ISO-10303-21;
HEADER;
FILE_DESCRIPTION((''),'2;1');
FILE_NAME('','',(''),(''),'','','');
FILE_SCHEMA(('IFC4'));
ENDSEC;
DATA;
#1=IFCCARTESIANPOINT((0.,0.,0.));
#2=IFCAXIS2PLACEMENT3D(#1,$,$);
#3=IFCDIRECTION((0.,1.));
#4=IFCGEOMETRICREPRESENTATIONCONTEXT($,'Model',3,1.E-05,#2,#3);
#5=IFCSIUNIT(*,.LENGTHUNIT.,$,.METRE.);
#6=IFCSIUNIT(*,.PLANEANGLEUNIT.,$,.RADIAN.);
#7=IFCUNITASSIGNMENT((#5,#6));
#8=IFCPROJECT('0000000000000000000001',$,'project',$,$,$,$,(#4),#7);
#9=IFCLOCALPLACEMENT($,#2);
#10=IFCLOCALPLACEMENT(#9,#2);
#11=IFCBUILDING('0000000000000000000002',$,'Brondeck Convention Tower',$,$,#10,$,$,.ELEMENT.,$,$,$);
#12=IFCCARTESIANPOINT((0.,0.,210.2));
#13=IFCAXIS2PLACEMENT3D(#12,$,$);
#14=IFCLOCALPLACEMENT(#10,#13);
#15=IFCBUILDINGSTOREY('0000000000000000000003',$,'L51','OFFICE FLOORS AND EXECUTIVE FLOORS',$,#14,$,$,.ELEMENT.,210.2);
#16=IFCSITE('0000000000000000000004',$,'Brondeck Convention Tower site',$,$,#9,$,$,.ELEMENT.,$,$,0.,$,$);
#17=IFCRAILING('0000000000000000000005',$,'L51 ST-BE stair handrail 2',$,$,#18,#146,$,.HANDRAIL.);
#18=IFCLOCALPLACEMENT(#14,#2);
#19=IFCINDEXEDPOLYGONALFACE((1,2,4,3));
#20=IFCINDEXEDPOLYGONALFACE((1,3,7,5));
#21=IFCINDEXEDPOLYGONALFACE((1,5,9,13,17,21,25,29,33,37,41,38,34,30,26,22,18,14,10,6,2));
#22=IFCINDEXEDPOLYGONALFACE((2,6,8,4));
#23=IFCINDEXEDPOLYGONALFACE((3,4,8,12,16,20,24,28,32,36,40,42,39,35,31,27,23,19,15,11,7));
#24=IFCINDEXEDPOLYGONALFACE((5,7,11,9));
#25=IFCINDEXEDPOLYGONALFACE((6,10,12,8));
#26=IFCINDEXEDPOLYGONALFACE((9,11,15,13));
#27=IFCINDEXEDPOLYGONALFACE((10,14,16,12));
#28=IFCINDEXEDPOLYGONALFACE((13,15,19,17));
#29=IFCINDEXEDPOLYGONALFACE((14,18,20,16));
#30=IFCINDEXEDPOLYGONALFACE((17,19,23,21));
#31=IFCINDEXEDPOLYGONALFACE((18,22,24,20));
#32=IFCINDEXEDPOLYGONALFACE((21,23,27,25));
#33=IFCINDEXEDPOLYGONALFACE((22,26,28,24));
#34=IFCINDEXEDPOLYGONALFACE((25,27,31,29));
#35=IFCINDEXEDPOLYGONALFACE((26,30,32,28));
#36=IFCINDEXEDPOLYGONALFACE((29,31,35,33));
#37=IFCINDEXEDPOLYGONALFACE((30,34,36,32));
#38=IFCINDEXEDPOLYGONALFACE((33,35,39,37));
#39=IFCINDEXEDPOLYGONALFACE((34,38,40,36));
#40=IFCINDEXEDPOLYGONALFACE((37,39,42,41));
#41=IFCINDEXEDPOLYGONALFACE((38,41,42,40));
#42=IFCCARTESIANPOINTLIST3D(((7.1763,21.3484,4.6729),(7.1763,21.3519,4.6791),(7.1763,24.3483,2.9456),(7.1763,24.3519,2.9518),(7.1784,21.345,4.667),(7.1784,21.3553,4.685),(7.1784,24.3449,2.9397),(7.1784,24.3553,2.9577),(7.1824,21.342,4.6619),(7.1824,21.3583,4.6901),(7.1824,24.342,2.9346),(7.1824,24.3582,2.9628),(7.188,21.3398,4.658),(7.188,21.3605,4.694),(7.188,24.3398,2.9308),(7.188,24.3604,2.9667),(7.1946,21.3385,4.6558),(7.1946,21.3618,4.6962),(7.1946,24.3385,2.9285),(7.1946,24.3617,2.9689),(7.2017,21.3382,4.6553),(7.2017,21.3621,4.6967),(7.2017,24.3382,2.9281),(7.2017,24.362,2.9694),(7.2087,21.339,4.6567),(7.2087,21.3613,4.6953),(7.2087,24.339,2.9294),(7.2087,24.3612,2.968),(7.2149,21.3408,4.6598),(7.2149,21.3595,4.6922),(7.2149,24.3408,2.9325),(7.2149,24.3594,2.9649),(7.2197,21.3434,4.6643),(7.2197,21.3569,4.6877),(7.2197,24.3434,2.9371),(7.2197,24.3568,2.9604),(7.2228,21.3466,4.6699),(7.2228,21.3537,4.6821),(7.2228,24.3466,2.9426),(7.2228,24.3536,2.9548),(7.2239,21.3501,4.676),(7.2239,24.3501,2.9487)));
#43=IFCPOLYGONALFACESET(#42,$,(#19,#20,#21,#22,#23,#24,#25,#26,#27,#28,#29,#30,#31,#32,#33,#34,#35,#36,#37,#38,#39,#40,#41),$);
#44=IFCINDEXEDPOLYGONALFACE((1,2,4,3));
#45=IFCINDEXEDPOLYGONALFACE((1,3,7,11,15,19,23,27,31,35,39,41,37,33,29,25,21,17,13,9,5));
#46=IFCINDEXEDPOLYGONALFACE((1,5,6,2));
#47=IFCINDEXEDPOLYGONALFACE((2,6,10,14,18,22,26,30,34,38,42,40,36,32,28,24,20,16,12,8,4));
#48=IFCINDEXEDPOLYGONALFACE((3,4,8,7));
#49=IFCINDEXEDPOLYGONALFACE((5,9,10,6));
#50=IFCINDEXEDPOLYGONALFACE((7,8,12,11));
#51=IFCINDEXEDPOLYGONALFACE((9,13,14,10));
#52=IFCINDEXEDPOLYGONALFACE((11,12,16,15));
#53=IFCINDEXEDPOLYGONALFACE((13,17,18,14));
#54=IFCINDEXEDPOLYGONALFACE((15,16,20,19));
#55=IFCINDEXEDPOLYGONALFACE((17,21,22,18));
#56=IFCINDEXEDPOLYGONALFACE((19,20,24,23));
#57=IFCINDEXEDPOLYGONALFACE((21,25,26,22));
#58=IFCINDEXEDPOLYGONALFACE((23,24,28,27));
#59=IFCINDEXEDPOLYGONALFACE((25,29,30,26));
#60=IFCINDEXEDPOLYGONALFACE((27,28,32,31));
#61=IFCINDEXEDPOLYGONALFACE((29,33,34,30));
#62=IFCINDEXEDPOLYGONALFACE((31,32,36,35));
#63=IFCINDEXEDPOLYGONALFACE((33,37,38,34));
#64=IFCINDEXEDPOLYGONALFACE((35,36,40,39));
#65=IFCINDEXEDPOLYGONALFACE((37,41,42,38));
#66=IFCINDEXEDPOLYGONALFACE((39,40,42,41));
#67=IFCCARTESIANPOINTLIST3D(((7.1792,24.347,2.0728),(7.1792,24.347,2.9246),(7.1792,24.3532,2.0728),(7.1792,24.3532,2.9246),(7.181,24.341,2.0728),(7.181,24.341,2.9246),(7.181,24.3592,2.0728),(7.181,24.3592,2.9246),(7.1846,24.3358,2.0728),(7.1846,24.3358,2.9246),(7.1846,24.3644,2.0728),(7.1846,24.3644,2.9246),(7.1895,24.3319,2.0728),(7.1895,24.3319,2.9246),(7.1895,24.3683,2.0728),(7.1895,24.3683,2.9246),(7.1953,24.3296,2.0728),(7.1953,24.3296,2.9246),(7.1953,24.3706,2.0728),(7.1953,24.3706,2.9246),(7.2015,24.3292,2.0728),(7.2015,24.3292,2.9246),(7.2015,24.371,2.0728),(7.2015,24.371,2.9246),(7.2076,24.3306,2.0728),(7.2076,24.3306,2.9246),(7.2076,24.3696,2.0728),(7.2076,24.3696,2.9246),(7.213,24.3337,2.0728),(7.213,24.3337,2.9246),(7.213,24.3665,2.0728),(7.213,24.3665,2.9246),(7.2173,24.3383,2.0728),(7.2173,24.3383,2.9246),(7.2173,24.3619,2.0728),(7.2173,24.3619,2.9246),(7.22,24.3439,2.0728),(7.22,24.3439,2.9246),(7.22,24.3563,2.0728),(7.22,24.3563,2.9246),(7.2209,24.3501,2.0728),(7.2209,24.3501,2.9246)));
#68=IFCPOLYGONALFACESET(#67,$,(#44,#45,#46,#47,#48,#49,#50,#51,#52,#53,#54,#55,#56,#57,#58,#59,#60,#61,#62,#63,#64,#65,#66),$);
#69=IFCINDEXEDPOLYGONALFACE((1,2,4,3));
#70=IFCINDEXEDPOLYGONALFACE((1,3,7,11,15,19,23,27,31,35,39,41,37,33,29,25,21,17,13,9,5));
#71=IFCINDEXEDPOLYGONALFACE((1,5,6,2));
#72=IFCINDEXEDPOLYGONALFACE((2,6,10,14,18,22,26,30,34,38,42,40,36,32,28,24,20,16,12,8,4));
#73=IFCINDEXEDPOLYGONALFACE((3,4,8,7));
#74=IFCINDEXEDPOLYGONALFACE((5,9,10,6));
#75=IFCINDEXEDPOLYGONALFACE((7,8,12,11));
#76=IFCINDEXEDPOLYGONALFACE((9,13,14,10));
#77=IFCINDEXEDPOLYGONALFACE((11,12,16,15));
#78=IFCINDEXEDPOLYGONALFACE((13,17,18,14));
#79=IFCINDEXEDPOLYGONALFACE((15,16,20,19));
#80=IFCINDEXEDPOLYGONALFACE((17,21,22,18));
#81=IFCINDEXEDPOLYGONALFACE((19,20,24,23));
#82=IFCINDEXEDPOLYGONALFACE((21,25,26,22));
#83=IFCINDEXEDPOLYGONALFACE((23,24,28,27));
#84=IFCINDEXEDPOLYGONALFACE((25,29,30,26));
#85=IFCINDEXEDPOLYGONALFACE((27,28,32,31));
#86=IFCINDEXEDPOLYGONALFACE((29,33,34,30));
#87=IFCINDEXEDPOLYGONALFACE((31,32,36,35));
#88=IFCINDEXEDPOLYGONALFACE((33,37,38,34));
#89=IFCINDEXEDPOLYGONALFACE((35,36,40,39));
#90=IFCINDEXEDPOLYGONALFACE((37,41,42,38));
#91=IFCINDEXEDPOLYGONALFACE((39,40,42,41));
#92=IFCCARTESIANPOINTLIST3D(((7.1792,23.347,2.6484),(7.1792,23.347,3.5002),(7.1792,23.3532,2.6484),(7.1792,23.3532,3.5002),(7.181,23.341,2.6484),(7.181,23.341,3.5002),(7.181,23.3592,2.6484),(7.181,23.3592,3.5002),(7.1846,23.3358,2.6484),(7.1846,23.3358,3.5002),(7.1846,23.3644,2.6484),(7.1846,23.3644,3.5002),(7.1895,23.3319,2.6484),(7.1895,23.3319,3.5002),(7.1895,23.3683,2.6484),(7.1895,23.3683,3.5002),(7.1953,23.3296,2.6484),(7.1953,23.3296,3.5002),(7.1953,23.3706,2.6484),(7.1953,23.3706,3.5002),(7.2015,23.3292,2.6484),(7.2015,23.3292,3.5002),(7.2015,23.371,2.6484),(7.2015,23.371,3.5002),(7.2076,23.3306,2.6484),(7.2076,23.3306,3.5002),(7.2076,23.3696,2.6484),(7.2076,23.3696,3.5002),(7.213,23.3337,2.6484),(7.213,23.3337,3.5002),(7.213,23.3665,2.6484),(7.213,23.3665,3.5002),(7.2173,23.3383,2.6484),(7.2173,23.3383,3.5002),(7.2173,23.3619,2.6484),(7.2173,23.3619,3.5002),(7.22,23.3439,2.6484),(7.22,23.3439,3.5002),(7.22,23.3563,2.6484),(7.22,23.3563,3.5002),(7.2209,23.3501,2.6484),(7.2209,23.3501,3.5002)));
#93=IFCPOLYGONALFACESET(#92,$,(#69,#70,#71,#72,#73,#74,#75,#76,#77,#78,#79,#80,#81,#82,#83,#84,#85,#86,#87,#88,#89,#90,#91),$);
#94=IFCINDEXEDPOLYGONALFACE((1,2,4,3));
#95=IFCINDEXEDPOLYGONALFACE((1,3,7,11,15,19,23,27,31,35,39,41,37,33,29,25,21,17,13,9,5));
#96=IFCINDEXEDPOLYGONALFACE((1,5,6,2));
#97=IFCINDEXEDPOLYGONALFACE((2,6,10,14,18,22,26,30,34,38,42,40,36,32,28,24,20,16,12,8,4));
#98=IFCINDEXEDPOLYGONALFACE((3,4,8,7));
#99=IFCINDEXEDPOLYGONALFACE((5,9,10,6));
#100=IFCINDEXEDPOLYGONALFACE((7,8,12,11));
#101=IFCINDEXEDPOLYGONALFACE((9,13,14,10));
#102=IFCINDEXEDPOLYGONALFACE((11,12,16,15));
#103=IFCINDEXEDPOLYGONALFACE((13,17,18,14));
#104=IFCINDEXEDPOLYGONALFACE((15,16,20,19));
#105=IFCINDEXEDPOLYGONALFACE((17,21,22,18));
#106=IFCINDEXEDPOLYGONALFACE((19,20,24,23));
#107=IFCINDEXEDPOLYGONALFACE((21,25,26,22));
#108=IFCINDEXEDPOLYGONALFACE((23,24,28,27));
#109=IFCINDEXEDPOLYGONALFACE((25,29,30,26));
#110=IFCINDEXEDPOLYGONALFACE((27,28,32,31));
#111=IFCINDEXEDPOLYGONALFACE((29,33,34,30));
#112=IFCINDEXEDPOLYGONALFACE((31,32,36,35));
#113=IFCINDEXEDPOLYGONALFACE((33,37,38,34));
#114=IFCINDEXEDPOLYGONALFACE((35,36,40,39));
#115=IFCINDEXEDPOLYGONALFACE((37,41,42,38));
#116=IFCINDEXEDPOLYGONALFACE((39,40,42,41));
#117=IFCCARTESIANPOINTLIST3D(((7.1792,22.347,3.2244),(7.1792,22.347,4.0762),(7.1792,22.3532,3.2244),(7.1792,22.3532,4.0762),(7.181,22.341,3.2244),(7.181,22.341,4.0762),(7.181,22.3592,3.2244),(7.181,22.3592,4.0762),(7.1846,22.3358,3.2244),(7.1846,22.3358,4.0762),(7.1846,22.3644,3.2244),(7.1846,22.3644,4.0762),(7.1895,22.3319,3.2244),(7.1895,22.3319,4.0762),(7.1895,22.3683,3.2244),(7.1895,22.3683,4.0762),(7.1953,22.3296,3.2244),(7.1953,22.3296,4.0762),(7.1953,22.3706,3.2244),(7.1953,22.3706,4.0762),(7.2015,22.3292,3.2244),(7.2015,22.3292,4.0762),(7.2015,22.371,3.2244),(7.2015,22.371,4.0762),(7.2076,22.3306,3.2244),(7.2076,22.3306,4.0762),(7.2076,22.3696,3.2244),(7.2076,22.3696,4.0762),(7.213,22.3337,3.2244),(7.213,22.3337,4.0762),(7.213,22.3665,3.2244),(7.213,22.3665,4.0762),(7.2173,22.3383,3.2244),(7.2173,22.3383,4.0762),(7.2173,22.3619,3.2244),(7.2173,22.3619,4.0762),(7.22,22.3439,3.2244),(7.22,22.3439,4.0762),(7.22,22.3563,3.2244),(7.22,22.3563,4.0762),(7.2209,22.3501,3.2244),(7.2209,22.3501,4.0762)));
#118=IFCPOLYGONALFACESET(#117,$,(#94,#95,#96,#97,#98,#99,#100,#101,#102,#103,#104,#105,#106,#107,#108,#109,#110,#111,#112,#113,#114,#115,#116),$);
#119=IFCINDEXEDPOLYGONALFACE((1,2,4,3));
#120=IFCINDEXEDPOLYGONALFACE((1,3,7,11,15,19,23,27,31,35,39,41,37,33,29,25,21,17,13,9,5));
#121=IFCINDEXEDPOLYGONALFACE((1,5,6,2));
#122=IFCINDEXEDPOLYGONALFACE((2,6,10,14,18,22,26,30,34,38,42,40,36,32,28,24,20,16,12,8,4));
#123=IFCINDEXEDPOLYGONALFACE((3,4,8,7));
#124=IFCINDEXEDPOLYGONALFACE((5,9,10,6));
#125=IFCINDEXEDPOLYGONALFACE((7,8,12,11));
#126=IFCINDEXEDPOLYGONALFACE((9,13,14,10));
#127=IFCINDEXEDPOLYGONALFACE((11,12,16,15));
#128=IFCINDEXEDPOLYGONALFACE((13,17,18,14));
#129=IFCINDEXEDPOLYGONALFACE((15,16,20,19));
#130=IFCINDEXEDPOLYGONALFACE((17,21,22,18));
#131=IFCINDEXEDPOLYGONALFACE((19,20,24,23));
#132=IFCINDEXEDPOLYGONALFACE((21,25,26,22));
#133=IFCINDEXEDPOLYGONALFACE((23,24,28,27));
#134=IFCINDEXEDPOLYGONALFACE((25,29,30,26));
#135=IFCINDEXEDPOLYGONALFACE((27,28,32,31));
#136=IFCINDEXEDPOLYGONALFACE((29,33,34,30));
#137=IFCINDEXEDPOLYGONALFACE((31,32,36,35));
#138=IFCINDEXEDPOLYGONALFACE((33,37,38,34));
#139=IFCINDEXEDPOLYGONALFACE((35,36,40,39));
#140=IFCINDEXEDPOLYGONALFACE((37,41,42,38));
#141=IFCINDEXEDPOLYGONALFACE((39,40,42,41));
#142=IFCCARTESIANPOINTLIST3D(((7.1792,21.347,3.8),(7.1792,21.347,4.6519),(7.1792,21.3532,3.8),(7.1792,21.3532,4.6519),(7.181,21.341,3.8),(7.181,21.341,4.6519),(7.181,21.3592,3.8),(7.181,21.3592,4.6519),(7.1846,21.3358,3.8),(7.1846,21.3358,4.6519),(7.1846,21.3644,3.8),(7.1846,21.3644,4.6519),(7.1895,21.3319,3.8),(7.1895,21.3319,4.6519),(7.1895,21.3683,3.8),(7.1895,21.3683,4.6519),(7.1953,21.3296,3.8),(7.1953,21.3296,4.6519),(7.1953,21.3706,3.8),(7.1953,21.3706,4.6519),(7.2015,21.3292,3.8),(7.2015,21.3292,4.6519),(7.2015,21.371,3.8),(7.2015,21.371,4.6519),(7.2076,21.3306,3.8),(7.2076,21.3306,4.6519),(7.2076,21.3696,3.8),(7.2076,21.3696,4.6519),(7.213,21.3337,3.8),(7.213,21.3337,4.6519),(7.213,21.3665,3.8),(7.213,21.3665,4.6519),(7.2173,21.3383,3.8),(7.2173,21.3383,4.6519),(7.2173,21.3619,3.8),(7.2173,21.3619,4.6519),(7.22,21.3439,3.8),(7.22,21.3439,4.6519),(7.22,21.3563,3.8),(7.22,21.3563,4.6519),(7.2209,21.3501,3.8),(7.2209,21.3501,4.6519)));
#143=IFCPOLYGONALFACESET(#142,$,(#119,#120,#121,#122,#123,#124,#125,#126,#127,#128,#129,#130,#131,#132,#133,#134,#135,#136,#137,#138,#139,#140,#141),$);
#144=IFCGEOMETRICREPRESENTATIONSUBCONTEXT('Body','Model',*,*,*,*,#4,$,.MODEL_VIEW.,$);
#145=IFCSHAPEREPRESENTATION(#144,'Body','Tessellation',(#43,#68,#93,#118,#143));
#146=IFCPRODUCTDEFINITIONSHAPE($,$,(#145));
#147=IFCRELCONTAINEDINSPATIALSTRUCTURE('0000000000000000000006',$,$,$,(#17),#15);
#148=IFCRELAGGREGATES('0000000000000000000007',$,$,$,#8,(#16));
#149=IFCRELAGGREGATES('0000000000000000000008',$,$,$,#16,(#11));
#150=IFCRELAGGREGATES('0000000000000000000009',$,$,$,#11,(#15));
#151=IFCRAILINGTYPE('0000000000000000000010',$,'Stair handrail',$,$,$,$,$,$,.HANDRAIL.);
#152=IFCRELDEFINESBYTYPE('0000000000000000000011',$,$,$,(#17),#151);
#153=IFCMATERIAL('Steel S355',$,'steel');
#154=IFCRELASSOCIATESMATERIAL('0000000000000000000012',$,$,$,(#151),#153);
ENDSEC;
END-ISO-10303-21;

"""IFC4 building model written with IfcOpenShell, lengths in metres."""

from ifc_helpers import new_model, si_unit, direction, frame, origin, origin_2d, place, context, subcontext, project, spatial, circle, extrude, material, type_object, element, save


model = new_model("IFC4")

# Units and contexts
model_context = context("Model", 3, precision=1e-05, world=origin(), true_north=direction((0.0, 1.0)))
body_context = subcontext(model_context, "Body", "Model", "MODEL_VIEW")
ifc_project = project(units=[si_unit("LENGTHUNIT", "METRE"), si_unit("PLANEANGLEUNIT", "RADIAN")], contexts=[model_context])

# Site, building, storey
site_placement = place(None, origin())
site = spatial("IfcSite", under=ifc_project, at=site_placement, Name="Brondeck Convention Tower site", CompositionType="ELEMENT", RefElevation=0.0)
building_placement = place(site_placement, origin())
building = spatial("IfcBuilding", under=site, at=building_placement, Name="Brondeck Convention Tower", CompositionType="ELEMENT")
storey_placement = place(building_placement, frame((0.0, 0.0, 210.2)))
storey = spatial("IfcBuildingStorey", under=building, at=storey_placement, Name="L51", Description="OFFICE FLOORS AND EXECUTIVE FLOORS", CompositionType="ELEMENT", Elevation=210.2)

# Shared definitions
ifc_material_1 = material(Name="Steel S355", Category="steel")

# Railing
railing_type_1 = type_object("IfcRailingType", Name="Stair handrail", PredefinedType="HANDRAIL", material=ifc_material_1)
railing_1_placement = place(storey_placement, frame((7.2, 24.3501, 2.0728)))
element("IfcRailing", 1, at=railing_1_placement, inside=storey, type_object=railing_type_1, Name="L51 ST-BE stair handrail 2", PredefinedType="HANDRAIL", context=body_context, shape_type="SweptSolid", body=[
    extrude(circle(Radius=0.0239, at=origin_2d()), frame((0.0, 0.0, 0.876), z_axis=(0.0, -0.86662, 0.498969), x_axis=(1.0, 0.0, 0.0)), (0.0, 0.0, 1.0), 3.4617),
    extrude(circle(Radius=0.021, at=origin_2d()), origin(), (0.0, 0.0, 1.0), 0.8518),
    extrude(circle(Radius=0.021, at=origin_2d()), frame((0.0, -1.0, 0.5757)), (0.0, 0.0, 1.0), 0.8518),
    extrude(circle(Radius=0.021, at=origin_2d()), frame((0.0, -2.0, 1.1516)), (0.0, 0.0, 1.0), 0.8518),
    extrude(circle(Radius=0.021, at=origin_2d()), frame((0.0, -3.0, 1.7273)), (0.0, 0.0, 1.0), 0.8518),
])

save(model, "model.ifc")
